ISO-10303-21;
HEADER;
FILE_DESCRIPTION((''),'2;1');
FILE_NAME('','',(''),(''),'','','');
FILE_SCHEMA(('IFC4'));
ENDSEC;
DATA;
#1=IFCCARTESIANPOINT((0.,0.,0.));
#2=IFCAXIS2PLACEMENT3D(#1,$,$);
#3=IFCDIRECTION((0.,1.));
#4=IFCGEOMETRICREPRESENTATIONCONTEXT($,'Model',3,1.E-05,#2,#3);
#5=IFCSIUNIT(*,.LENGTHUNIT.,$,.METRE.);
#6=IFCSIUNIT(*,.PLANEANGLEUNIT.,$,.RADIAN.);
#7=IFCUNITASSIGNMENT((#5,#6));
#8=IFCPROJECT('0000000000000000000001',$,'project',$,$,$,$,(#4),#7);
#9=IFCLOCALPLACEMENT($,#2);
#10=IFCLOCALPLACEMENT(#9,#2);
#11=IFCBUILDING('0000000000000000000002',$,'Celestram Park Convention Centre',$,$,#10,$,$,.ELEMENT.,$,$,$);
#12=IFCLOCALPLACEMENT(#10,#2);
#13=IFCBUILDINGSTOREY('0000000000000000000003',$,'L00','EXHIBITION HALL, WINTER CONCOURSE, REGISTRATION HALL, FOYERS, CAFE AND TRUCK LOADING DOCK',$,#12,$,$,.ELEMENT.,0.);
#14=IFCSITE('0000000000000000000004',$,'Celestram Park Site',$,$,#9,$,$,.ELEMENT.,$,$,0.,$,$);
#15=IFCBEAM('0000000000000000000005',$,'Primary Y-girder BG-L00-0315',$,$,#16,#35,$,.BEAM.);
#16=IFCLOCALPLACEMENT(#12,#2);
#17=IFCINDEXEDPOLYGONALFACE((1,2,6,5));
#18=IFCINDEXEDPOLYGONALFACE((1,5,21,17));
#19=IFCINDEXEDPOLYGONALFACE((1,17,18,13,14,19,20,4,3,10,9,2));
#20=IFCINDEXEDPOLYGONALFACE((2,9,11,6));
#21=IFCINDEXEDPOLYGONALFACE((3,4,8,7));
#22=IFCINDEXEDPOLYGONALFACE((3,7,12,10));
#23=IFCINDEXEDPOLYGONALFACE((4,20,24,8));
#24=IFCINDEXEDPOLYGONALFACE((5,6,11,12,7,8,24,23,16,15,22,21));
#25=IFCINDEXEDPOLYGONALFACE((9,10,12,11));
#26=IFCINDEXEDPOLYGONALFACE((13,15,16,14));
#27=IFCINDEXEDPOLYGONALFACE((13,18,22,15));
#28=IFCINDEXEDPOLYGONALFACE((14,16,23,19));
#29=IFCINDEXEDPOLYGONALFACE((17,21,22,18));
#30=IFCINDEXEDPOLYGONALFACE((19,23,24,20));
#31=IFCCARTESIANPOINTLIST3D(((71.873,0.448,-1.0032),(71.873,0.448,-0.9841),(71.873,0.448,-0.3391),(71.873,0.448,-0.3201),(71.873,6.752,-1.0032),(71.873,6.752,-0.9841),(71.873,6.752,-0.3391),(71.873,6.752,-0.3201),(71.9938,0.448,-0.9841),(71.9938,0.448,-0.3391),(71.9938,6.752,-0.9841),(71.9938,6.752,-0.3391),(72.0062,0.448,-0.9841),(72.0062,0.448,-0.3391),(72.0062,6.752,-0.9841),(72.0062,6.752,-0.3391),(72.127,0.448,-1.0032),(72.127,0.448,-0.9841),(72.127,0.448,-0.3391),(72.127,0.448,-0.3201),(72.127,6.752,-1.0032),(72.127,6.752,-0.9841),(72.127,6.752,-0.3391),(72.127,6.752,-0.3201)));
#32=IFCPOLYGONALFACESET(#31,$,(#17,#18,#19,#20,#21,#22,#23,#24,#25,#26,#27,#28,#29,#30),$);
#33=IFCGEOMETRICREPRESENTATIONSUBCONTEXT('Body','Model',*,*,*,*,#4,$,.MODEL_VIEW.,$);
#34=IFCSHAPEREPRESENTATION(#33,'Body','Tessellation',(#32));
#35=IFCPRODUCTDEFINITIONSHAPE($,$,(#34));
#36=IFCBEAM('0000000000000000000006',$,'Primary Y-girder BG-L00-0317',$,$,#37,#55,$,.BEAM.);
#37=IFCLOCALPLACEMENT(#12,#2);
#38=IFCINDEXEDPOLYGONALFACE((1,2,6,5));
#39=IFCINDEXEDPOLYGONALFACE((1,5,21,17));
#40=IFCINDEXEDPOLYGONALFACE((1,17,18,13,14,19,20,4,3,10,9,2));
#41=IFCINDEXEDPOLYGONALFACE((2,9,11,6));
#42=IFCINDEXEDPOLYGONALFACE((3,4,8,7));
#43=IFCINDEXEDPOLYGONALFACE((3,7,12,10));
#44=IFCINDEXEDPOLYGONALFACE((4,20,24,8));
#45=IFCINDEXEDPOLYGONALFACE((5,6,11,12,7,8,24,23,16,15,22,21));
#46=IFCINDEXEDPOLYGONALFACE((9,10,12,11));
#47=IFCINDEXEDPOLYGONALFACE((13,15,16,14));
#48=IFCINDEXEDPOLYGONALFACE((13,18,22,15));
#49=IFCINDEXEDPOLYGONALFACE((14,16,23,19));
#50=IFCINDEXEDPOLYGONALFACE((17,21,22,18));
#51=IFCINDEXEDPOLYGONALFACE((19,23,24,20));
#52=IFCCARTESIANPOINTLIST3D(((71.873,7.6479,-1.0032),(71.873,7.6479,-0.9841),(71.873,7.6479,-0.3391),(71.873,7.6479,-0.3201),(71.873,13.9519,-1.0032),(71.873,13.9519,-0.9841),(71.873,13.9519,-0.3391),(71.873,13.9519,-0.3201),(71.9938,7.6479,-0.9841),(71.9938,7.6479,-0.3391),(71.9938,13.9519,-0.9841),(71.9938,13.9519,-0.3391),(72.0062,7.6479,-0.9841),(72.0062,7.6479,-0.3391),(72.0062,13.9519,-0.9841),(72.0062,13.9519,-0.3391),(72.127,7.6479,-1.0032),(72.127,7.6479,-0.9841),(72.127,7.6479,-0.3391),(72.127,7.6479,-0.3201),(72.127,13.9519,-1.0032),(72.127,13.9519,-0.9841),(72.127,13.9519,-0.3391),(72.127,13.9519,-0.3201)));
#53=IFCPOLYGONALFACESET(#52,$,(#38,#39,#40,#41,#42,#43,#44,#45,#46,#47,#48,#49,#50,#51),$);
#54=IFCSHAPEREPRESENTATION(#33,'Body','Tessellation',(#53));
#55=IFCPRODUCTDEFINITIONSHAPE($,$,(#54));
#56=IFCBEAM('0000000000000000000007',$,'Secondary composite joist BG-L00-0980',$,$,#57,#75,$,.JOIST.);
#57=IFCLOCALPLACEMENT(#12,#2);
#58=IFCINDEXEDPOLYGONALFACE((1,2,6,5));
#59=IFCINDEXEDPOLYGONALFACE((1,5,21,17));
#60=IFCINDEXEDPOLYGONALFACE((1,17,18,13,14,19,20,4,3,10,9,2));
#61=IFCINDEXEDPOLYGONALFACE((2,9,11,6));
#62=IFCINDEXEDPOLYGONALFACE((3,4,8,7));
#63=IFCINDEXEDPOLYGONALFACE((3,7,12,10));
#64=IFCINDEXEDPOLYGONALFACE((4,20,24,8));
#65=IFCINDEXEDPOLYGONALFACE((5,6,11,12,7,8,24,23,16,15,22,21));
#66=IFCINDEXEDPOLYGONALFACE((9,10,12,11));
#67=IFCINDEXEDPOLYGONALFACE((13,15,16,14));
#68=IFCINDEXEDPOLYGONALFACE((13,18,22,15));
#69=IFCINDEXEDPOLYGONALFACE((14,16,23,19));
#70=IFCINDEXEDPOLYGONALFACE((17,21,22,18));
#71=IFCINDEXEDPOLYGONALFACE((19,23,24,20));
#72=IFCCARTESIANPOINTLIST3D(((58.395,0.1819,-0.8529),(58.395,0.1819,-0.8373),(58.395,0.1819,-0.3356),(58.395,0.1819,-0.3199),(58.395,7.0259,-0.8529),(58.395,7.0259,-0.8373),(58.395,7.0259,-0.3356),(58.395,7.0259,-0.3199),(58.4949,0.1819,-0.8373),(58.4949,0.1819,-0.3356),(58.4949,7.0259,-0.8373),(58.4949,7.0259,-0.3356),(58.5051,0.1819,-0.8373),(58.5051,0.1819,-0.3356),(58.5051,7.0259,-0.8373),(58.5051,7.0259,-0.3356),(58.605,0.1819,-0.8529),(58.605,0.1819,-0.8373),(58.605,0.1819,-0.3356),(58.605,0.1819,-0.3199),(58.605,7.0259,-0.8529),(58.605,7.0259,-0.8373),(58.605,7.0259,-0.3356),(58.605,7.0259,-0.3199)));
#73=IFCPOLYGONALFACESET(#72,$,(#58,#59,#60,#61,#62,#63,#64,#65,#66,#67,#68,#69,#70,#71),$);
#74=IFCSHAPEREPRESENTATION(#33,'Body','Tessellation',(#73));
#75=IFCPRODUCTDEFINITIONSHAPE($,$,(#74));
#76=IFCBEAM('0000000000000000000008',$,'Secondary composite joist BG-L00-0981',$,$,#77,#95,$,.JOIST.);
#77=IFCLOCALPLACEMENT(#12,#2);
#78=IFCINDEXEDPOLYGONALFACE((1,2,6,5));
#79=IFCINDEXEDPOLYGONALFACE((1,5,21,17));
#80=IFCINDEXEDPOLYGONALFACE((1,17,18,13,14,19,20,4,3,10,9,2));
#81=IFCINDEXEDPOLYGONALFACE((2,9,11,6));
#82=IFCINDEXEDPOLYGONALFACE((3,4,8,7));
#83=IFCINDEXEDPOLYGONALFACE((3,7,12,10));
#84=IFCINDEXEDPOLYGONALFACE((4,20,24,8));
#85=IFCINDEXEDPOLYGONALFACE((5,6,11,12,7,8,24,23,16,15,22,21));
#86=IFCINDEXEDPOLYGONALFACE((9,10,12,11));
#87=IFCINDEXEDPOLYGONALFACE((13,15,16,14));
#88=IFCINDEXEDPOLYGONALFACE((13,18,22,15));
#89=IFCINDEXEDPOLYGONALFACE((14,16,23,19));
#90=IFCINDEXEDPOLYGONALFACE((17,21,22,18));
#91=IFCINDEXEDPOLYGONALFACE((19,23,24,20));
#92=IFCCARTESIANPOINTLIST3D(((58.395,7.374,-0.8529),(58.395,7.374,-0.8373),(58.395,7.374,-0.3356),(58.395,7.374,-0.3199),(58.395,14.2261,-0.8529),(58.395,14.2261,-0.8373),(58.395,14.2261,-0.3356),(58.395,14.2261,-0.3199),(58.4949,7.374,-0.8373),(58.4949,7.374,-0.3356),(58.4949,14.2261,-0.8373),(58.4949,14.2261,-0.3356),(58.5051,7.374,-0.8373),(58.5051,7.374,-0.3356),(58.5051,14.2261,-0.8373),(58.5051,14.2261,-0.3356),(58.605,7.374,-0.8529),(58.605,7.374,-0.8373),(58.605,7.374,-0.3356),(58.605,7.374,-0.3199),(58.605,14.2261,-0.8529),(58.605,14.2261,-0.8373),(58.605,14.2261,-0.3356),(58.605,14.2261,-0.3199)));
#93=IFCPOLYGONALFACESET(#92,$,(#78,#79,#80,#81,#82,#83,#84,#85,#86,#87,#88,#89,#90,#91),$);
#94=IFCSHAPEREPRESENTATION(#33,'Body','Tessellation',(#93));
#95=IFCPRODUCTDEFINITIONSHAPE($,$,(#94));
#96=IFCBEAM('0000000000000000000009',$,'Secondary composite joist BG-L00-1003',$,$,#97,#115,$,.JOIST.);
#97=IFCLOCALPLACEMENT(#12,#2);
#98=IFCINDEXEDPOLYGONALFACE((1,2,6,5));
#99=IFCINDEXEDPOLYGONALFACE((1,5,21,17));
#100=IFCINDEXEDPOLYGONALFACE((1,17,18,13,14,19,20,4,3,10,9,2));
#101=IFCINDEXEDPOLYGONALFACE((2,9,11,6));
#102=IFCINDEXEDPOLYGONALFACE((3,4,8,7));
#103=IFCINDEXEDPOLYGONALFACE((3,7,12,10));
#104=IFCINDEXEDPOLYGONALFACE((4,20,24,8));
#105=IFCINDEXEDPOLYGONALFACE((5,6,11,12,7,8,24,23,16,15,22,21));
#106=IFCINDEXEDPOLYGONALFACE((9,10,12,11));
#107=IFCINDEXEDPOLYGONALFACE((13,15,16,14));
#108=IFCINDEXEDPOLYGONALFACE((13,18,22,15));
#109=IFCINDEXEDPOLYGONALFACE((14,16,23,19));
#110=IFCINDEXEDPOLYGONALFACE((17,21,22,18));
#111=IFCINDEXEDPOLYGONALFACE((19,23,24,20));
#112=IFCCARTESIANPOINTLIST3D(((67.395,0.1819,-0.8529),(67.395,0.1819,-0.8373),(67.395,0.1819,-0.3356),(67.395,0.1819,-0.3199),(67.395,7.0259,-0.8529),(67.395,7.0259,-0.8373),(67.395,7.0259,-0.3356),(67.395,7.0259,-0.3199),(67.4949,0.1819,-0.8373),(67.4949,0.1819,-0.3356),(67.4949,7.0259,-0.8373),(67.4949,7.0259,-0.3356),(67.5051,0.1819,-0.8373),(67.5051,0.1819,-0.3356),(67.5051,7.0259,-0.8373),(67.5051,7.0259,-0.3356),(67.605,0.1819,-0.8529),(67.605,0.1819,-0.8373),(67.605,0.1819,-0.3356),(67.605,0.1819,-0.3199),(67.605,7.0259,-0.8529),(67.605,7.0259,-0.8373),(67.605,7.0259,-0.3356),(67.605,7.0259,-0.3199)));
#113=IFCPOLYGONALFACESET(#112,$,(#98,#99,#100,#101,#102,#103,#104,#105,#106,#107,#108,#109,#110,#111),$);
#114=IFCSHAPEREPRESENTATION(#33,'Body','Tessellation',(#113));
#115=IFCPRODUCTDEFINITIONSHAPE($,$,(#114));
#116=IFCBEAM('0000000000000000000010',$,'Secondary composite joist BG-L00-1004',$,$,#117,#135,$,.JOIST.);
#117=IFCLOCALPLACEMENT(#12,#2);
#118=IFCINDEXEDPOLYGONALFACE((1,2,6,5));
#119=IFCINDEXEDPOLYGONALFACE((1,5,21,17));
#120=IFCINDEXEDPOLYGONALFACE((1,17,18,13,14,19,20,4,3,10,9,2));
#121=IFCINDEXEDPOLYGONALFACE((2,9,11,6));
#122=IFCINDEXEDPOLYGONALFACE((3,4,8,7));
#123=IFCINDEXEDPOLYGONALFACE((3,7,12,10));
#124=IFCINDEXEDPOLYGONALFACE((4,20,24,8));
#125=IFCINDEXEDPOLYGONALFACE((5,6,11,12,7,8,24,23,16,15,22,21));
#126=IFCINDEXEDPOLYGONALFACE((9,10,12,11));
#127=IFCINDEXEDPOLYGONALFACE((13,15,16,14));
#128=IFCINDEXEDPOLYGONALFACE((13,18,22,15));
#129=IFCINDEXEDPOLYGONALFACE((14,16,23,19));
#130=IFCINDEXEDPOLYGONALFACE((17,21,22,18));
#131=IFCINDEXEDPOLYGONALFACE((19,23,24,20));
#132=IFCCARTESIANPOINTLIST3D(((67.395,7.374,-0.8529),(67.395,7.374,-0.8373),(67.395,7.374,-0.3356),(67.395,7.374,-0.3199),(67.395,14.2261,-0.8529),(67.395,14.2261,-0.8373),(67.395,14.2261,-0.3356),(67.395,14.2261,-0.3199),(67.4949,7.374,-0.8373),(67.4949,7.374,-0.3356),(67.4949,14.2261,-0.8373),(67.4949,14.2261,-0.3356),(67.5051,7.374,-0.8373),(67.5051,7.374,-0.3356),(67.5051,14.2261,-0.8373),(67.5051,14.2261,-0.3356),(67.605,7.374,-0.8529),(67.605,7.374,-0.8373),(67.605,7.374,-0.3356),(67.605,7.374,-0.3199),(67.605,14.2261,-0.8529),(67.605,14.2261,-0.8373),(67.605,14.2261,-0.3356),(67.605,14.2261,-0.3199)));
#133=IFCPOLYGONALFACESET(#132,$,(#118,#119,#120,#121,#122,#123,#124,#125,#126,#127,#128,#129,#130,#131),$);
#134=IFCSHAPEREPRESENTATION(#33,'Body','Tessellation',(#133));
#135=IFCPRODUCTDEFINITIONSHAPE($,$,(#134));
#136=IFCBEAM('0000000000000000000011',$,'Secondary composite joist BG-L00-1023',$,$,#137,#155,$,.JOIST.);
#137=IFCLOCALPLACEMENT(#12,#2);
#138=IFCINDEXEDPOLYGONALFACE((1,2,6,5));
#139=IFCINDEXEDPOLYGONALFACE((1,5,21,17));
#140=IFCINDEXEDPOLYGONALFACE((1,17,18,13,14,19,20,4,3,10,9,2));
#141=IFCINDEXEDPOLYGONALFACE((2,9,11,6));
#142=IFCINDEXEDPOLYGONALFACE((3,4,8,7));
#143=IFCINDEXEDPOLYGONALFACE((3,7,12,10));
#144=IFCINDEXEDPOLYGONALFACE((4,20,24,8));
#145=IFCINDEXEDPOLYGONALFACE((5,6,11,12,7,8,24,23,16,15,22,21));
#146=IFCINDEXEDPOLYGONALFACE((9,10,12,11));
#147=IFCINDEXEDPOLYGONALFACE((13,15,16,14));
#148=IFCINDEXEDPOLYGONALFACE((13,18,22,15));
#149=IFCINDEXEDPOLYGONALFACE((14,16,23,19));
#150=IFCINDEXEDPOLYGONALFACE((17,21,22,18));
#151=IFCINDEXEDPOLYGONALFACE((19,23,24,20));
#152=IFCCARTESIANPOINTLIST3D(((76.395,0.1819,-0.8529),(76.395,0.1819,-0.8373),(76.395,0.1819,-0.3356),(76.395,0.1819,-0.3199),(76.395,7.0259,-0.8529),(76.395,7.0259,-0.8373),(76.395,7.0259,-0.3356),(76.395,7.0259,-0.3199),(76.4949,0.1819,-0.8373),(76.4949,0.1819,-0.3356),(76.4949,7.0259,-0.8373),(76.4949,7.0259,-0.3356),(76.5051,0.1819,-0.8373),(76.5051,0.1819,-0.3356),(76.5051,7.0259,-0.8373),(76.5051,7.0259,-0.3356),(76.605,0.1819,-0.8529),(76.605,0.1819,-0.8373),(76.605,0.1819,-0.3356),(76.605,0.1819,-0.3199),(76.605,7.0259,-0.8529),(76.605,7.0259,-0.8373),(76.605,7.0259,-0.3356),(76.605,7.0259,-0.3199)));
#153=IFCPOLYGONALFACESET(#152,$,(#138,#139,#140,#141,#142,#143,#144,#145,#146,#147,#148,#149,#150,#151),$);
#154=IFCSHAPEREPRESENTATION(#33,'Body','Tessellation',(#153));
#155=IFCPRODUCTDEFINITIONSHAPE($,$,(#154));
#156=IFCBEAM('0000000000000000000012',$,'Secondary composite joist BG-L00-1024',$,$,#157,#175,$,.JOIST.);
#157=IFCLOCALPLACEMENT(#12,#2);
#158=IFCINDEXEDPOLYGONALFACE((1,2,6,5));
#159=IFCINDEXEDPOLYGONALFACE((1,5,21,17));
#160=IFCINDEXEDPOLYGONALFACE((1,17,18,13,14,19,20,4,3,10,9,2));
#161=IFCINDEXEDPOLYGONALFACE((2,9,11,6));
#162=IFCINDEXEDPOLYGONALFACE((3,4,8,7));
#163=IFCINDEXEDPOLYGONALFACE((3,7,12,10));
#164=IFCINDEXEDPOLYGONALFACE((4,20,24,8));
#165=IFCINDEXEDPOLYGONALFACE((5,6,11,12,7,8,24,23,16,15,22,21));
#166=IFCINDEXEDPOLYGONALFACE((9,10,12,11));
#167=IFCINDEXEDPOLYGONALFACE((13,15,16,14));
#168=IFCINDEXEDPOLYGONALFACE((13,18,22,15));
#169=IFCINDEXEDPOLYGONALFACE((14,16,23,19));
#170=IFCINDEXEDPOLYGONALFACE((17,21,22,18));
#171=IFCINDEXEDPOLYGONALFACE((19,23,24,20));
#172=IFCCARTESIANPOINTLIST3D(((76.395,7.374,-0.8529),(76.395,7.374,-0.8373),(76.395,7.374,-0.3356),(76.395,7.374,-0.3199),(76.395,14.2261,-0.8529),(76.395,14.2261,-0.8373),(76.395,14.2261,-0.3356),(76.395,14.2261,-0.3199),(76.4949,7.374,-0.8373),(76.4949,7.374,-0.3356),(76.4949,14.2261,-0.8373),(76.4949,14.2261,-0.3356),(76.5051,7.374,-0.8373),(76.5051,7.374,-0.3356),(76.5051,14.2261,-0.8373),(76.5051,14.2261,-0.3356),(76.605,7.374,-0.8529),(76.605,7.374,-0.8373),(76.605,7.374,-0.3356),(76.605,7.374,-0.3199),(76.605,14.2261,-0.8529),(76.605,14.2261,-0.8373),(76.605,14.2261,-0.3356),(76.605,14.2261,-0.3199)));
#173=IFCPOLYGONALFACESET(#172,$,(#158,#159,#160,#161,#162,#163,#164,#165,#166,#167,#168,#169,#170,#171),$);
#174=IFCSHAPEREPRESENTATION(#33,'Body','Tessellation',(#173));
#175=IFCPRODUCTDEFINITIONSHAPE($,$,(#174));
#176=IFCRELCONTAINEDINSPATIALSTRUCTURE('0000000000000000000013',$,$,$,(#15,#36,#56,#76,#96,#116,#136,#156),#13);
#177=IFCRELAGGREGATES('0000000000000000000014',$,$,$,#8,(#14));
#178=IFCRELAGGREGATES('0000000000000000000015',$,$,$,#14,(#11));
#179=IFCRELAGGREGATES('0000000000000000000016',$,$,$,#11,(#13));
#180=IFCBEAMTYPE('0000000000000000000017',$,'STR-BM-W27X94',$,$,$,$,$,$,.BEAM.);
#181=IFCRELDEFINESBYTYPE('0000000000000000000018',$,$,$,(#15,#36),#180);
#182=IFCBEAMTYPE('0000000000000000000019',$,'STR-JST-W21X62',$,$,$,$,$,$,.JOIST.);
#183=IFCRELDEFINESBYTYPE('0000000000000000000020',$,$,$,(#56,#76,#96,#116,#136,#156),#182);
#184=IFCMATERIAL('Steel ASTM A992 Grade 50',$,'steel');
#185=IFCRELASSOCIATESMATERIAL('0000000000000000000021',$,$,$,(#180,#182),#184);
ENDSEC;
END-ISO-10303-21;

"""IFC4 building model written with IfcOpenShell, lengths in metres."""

from ifc_helpers import new_model, si_unit, direction, frame, origin, origin_2d, place, context, subcontext, project, spatial, i_section, extrude, material, material_profile, profile_set, type_object, element, save


model = new_model("IFC4")

# Units and contexts
model_context = context("Model", 3, precision=1e-05, world=origin(), true_north=direction((0.0, 1.0)))
body_context = subcontext(model_context, "Body", "Model", "MODEL_VIEW")
ifc_project = project(units=[si_unit("LENGTHUNIT", "METRE"), si_unit("PLANEANGLEUNIT", "RADIAN")], contexts=[model_context])

# Site, building, storey
site_placement = place(None, origin())
site = spatial("IfcSite", under=ifc_project, at=site_placement, Name="Celestram Park Site", CompositionType="ELEMENT", RefElevation=0.0)
building_placement = place(site_placement, origin())
building = spatial("IfcBuilding", under=site, at=building_placement, Name="Celestram Park Convention Centre", CompositionType="ELEMENT")
storey_placement = place(building_placement, origin())
storey = spatial("IfcBuildingStorey", under=building, at=storey_placement, Name="L00", Description="EXHIBITION HALL, WINTER CONCOURSE, REGISTRATION HALL, FOYERS, CAFE AND TRUCK LOADING DOCK", CompositionType="ELEMENT", Elevation=0.0)

# Beams
ifc_material_1 = material(Name="Steel ASTM A992 Grade 50", Category="steel")
ifc_material_profile_1 = material_profile(ifc_material_1, i_section(OverallWidth=0.2539, OverallDepth=0.6831, WebThickness=0.0125, FlangeThickness=0.019, at=origin_2d()), Name="W27X94")
ifc_profile_set_1 = profile_set([ifc_material_profile_1], Name="Steel ASTM A992 Grade 50")
beam_type_1 = type_object("IfcBeamType", Name="STR-BM-W27X94", PredefinedType="BEAM", material=ifc_profile_set_1)
for number, where, z_axis, x_axis, name in (
    (1, (72.0, 0.448, -0.6616), (0.0, 1.0, 0.0), (-1.0, 0.0, 0.0), "Primary Y-girder BG-L00-0315"),
    (2, (72.0, 7.6479, -0.6616), (0.0, 1.0, 0.0), (-1.0, 0.0, 0.0), "Primary Y-girder BG-L00-0317"),
):
    element("IfcBeam", number, at=place(storey_placement, frame(where, z_axis=z_axis, x_axis=x_axis)), inside=storey, type_object=beam_type_1, Name=name, PredefinedType="BEAM", context=body_context, shape_type="SweptSolid", body=[
        extrude(i_section(OverallWidth=0.2539, OverallDepth=0.6831, WebThickness=0.0125, FlangeThickness=0.019, at=origin_2d()), origin(), (0.0, 0.0, 1.0), 6.304),
    ])
ifc_material_profile_2 = material_profile(ifc_material_1, i_section(OverallWidth=0.21, OverallDepth=0.533, WebThickness=0.0103, FlangeThickness=0.0156, at=origin_2d()), Name="W21X62")
ifc_profile_set_2 = profile_set([ifc_material_profile_2], Name="Steel ASTM A992 Grade 50")
beam_type_2 = type_object("IfcBeamType", Name="STR-JST-W21X62", PredefinedType="JOIST", material=ifc_profile_set_2)
beam_1_placement = place(storey_placement, frame((58.5, 0.1819, -0.5864), z_axis=(0.0, 1.0, 0.0), x_axis=(-1.0, 0.0, 0.0)))
element("IfcBeam", 3, at=beam_1_placement, inside=storey, type_object=beam_type_2, Name="Secondary composite joist BG-L00-0980", PredefinedType="JOIST", context=body_context, shape_type="SweptSolid", body=[
    extrude(i_section(OverallWidth=0.21, OverallDepth=0.533, WebThickness=0.0103, FlangeThickness=0.0156, at=origin_2d()), origin(), (0.0, 0.0, 1.0), 6.844),
])
beam_2_placement = place(storey_placement, frame((58.5, 7.374, -0.5864), z_axis=(0.0, 1.0, 0.0), x_axis=(-1.0, 0.0, 0.0)))
element("IfcBeam", 4, at=beam_2_placement, inside=storey, type_object=beam_type_2, Name="Secondary composite joist BG-L00-0981", PredefinedType="JOIST", context=body_context, shape_type="SweptSolid", body=[
    extrude(i_section(OverallWidth=0.21, OverallDepth=0.533, WebThickness=0.0103, FlangeThickness=0.0156, at=origin_2d()), origin(), (0.0, 0.0, 1.0), 6.8521),
])
beam_3_placement = place(storey_placement, frame((67.5, 0.1819, -0.5864), z_axis=(0.0, 1.0, 0.0), x_axis=(-1.0, 0.0, 0.0)))
element("IfcBeam", 5, at=beam_3_placement, inside=storey, type_object=beam_type_2, Name="Secondary composite joist BG-L00-1003", PredefinedType="JOIST", context=body_context, shape_type="SweptSolid", body=[
    extrude(i_section(OverallWidth=0.21, OverallDepth=0.533, WebThickness=0.0103, FlangeThickness=0.0156, at=origin_2d()), origin(), (0.0, 0.0, 1.0), 6.844),
])
beam_4_placement = place(storey_placement, frame((67.5, 7.374, -0.5864), z_axis=(0.0, 1.0, 0.0), x_axis=(-1.0, 0.0, 0.0)))
element("IfcBeam", 6, at=beam_4_placement, inside=storey, type_object=beam_type_2, Name="Secondary composite joist BG-L00-1004", PredefinedType="JOIST", context=body_context, shape_type="SweptSolid", body=[
    extrude(i_section(OverallWidth=0.21, OverallDepth=0.533, WebThickness=0.0103, FlangeThickness=0.0156, at=origin_2d()), origin(), (0.0, 0.0, 1.0), 6.8521),
])
beam_5_placement = place(storey_placement, frame((76.5, 0.1819, -0.5864), z_axis=(0.0, 1.0, 0.0), x_axis=(-1.0, 0.0, 0.0)))
element("IfcBeam", 7, at=beam_5_placement, inside=storey, type_object=beam_type_2, Name="Secondary composite joist BG-L00-1023", PredefinedType="JOIST", context=body_context, shape_type="SweptSolid", body=[
    extrude(i_section(OverallWidth=0.21, OverallDepth=0.533, WebThickness=0.0103, FlangeThickness=0.0156, at=origin_2d()), origin(), (0.0, 0.0, 1.0), 6.844),
])
beam_6_placement = place(storey_placement, frame((76.5, 7.374, -0.5864), z_axis=(0.0, 1.0, 0.0), x_axis=(-1.0, 0.0, 0.0)))
element("IfcBeam", 8, at=beam_6_placement, inside=storey, type_object=beam_type_2, Name="Secondary composite joist BG-L00-1024", PredefinedType="JOIST", context=body_context, shape_type="SweptSolid", body=[
    extrude(i_section(OverallWidth=0.21, OverallDepth=0.533, WebThickness=0.0103, FlangeThickness=0.0156, at=origin_2d()), origin(), (0.0, 0.0, 1.0), 6.8521),
])

save(model, "model.ifc")
